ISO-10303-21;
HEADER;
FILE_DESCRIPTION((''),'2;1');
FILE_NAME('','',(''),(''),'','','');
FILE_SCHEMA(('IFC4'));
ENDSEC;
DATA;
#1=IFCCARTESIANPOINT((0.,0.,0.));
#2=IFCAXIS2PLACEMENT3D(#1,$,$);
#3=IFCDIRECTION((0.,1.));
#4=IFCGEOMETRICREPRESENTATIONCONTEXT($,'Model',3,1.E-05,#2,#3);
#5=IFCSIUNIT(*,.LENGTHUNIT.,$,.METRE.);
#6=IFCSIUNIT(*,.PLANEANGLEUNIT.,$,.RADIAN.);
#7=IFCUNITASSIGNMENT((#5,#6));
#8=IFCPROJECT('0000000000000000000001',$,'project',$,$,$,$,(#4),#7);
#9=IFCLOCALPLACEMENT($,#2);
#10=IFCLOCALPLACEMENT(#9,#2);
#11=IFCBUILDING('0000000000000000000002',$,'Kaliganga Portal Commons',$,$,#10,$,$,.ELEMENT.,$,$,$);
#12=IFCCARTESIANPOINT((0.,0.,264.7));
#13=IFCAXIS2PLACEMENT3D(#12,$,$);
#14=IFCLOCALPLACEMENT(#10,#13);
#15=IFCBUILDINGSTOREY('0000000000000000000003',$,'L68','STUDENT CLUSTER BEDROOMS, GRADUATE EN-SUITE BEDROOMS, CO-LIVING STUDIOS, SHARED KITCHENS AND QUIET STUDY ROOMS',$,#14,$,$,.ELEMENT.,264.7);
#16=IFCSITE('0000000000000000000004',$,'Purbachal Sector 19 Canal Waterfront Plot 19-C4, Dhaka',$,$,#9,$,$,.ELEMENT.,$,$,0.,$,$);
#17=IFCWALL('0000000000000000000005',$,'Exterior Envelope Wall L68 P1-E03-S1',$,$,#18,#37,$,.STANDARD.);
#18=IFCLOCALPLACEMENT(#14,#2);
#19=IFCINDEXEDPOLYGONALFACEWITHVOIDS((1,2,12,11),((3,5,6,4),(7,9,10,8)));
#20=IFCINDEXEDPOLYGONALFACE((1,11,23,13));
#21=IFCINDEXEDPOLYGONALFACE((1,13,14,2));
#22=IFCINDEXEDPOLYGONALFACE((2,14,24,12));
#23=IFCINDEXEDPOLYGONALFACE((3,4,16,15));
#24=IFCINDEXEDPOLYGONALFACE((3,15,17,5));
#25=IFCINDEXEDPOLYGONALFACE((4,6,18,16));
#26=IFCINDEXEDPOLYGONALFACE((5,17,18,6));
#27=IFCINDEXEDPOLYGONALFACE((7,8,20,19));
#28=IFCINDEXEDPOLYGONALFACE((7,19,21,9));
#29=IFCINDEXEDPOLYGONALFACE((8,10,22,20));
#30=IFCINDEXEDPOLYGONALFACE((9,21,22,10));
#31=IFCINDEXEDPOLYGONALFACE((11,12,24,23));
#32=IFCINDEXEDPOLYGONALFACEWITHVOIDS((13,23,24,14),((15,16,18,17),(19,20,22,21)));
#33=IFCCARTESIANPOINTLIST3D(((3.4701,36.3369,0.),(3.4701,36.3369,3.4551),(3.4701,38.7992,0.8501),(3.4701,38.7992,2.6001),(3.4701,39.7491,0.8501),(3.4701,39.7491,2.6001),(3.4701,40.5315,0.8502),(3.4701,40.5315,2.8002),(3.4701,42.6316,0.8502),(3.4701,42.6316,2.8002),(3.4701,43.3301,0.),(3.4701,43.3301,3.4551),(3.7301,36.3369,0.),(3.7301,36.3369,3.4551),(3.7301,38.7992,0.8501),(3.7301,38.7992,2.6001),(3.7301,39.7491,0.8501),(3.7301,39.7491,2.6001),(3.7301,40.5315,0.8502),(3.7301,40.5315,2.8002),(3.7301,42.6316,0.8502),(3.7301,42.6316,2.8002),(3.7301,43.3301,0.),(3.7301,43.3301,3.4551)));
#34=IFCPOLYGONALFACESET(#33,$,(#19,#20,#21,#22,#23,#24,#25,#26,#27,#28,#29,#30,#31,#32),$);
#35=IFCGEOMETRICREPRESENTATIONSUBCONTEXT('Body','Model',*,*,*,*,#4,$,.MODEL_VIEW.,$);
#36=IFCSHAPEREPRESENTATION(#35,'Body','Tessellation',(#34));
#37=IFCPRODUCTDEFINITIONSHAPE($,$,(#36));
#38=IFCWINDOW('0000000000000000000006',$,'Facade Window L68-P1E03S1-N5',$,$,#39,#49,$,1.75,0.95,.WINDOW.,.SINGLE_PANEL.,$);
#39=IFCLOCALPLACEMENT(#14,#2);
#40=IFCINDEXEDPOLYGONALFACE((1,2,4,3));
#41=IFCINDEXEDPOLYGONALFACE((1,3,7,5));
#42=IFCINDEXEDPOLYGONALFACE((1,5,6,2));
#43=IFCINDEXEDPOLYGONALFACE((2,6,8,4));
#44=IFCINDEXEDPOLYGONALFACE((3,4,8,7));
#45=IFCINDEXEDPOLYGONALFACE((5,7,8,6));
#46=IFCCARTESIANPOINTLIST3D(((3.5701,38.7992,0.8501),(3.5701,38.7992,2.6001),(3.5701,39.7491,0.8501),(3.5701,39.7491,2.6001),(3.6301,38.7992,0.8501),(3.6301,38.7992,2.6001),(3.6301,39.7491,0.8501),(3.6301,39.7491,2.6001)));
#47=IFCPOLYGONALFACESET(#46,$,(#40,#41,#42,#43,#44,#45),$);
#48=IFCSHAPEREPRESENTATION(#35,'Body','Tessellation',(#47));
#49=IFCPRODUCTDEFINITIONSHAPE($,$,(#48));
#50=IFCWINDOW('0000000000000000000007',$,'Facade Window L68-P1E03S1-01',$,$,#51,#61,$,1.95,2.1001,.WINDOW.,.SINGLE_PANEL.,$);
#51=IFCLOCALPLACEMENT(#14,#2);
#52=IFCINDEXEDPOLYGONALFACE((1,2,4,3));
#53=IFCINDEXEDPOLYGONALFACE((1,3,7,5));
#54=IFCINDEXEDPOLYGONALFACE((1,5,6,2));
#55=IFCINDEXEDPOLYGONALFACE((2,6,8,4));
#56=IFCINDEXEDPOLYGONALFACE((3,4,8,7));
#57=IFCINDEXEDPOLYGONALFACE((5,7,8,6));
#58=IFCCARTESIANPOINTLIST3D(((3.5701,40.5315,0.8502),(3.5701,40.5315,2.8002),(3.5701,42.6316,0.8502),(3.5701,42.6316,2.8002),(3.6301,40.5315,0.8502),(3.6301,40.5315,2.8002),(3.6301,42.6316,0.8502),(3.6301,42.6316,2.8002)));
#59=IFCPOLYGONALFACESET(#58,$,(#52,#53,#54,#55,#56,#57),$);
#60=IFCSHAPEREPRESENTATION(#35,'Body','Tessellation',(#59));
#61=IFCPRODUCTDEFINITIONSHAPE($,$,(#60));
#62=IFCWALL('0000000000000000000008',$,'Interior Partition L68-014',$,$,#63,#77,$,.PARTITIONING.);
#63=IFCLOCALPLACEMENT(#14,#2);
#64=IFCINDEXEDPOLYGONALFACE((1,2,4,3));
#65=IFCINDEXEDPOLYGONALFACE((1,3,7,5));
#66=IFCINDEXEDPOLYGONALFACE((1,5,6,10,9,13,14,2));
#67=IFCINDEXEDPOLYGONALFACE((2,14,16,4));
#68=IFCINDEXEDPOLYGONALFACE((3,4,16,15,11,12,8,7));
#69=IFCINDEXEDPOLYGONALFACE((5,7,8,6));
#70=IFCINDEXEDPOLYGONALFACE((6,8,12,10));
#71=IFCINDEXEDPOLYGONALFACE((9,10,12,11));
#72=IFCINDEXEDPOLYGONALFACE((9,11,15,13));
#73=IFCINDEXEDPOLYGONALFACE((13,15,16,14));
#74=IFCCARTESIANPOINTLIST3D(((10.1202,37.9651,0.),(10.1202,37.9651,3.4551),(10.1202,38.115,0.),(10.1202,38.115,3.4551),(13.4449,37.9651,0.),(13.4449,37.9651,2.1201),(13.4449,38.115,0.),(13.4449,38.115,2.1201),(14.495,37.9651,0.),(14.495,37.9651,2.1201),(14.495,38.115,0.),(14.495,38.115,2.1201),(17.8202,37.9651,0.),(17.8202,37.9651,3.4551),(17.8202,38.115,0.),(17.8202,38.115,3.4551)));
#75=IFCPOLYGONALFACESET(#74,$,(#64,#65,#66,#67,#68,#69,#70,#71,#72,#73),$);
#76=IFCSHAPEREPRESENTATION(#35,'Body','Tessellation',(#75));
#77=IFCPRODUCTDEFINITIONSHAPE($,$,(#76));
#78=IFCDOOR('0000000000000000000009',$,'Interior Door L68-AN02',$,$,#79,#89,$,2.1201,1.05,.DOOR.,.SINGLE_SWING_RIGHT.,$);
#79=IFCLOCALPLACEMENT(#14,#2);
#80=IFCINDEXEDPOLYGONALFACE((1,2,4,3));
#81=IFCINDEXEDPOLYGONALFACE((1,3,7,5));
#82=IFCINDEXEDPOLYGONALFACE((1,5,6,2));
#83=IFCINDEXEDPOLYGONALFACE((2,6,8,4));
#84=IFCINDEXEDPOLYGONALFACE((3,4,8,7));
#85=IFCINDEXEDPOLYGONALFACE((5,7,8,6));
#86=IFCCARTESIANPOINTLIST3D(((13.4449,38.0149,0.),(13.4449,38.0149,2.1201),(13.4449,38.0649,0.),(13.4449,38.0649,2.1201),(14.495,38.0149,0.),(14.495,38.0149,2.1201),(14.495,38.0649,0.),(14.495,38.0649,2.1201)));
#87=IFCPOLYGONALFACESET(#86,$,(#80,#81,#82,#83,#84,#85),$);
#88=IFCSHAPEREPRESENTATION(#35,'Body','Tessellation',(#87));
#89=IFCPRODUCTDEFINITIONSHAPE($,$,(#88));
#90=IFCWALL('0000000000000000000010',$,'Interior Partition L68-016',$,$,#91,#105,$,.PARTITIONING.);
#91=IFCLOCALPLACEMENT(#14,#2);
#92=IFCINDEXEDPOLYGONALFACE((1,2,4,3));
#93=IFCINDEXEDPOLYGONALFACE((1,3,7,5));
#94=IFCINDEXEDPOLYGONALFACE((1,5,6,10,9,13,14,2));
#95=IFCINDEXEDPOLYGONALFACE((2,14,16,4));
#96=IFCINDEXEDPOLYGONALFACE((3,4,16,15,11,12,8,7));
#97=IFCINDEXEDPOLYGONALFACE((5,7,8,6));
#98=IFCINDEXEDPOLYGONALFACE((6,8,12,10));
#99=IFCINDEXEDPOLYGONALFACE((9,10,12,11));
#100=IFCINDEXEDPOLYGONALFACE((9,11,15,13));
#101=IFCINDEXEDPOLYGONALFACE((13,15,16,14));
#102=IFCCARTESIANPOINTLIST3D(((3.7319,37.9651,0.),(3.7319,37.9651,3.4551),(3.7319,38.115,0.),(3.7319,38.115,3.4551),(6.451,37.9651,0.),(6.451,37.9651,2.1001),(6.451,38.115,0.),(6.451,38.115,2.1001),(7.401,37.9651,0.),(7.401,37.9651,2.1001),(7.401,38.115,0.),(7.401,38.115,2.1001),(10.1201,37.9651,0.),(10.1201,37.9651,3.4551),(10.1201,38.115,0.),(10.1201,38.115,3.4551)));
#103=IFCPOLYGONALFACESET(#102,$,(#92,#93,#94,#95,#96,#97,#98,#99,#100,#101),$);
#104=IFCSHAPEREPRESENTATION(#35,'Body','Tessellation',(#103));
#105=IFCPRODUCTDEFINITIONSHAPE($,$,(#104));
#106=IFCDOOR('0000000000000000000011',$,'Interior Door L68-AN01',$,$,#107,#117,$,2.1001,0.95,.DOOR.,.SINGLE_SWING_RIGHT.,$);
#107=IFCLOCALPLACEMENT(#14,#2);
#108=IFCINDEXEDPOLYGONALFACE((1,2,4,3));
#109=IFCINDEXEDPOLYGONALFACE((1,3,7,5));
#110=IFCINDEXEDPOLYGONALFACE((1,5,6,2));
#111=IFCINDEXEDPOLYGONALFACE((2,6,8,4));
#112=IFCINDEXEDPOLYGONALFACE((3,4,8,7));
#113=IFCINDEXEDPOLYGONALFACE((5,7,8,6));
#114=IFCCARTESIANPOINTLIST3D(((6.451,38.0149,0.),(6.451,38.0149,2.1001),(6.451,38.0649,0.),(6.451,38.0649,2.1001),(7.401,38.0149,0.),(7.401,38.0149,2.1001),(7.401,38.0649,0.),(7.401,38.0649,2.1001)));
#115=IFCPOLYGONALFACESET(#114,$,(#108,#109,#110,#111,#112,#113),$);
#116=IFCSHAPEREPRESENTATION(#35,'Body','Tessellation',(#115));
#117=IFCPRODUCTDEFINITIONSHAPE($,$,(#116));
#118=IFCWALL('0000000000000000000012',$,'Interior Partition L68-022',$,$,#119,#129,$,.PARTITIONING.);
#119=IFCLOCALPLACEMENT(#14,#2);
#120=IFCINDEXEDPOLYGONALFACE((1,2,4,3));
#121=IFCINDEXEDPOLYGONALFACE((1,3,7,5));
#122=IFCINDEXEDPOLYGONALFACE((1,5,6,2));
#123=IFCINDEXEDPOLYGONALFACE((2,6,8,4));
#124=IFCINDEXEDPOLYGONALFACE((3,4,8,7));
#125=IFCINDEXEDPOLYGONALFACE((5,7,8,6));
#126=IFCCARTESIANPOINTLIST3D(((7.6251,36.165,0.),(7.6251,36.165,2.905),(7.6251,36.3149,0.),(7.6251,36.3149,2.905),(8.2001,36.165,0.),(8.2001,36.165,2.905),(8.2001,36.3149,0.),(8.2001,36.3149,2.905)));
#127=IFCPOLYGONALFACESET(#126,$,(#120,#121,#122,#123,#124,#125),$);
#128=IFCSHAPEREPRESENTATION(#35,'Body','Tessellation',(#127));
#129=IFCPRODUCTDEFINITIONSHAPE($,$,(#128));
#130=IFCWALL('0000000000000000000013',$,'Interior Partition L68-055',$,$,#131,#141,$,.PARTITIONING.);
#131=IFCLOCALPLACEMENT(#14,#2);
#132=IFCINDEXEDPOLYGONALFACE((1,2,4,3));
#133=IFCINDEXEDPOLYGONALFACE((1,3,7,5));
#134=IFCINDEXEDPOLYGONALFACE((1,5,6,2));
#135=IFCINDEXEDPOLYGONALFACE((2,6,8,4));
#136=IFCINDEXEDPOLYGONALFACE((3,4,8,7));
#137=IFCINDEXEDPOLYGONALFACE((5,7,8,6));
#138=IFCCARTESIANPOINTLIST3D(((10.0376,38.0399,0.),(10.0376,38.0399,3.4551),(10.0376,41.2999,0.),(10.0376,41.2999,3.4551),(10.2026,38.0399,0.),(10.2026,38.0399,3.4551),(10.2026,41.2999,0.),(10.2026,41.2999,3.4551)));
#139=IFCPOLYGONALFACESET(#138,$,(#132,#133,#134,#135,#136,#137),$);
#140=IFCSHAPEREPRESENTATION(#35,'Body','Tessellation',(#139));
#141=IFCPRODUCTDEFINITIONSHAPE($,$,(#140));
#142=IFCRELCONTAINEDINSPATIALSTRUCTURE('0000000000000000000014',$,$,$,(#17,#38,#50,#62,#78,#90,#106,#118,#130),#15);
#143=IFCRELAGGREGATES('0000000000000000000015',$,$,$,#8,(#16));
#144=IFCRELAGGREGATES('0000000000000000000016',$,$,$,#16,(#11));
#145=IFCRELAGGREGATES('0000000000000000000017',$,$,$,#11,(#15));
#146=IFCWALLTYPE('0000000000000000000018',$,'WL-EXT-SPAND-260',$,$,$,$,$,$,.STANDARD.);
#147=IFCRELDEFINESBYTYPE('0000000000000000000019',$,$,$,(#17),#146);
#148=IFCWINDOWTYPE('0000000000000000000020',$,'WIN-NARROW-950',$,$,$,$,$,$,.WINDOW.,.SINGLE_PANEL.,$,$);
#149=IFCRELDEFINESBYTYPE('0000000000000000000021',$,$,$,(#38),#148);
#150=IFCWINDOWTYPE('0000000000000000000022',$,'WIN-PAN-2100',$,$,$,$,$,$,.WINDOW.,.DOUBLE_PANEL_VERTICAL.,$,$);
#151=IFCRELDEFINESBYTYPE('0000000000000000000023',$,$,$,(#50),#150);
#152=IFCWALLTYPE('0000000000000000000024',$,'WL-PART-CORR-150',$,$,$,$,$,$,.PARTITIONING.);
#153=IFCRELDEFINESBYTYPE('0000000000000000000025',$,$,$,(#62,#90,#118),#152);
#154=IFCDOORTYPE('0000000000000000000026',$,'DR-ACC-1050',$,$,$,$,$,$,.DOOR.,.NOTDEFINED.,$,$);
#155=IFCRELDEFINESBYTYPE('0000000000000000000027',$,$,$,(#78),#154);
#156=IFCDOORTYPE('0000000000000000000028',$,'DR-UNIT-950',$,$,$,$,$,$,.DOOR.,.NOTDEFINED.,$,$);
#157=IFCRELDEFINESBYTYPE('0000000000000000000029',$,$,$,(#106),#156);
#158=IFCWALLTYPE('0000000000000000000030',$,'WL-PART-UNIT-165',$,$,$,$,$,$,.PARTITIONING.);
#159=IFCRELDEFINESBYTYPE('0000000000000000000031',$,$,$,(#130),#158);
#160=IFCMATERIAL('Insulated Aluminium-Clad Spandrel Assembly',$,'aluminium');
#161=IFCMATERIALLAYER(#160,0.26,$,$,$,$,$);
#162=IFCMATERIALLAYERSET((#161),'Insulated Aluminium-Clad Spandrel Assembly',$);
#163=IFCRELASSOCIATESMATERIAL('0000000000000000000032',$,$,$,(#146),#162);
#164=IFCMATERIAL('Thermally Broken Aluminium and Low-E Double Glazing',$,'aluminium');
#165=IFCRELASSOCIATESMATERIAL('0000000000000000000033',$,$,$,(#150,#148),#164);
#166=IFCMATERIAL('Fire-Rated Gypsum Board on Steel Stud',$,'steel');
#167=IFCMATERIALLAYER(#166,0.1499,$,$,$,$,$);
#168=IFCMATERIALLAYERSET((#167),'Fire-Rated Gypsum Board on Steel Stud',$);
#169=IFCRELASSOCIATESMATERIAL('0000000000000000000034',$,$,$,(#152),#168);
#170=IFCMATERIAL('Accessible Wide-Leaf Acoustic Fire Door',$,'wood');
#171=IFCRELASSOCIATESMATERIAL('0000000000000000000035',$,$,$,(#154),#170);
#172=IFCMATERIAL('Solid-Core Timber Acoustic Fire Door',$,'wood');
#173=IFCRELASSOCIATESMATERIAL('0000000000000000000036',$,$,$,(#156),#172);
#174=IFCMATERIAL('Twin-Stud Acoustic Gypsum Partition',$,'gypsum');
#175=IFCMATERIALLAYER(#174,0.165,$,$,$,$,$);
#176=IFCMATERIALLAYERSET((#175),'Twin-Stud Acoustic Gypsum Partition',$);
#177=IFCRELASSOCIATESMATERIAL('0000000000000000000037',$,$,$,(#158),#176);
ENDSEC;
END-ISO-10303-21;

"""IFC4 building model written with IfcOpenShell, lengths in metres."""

from ifc_helpers import new_model, si_unit, direction, frame, frame_2d, origin, place, context, subcontext, project, spatial, rectangle, extrude, material, layer, layer_set, type_object, element, fill, save


model = new_model("IFC4")

# Units and contexts
model_context = context("Model", 3, precision=1e-05, world=origin(), true_north=direction((0.0, 1.0)))
body_context = subcontext(model_context, "Body", "Model", "MODEL_VIEW")
ifc_project = project(units=[si_unit("LENGTHUNIT", "METRE"), si_unit("PLANEANGLEUNIT", "RADIAN")], contexts=[model_context])

# Site, building, storey
site_placement = place(None, origin())
site = spatial("IfcSite", under=ifc_project, at=site_placement, Name="Purbachal Sector 19 Canal Waterfront Plot 19-C4, Dhaka", CompositionType="ELEMENT", RefElevation=0.0)
building_placement = place(site_placement, origin())
building = spatial("IfcBuilding", under=site, at=building_placement, Name="Kaliganga Portal Commons", CompositionType="ELEMENT")
storey_placement = place(building_placement, frame((0.0, 0.0, 264.7)))
storey = spatial("IfcBuildingStorey", under=building, at=storey_placement, Name="L68", Description="STUDENT CLUSTER BEDROOMS, GRADUATE EN-SUITE BEDROOMS, CO-LIVING STUDIOS, SHARED KITCHENS AND QUIET STUDY ROOMS", CompositionType="ELEMENT", Elevation=264.7)

# Shared definitions
ifc_material_1 = material(Name="Insulated Aluminium-Clad Spandrel Assembly", Category="aluminium")
ifc_layer_1 = layer(ifc_material_1, 0.26)
ifc_layer_set_1 = layer_set([ifc_layer_1], Name="Insulated Aluminium-Clad Spandrel Assembly")
wall_type_1 = type_object("IfcWallType", Name="WL-EXT-SPAND-260", PredefinedType="STANDARD", material=ifc_layer_set_1)
ifc_material_2 = material(Name="Thermally Broken Aluminium and Low-E Double Glazing", Category="aluminium")
window_type_1 = type_object("IfcWindowType", Name="WIN-PAN-2100", PartitioningType="DOUBLE_PANEL_VERTICAL", PredefinedType="WINDOW", material=ifc_material_2)

# Wall, openings, windows
window_type_2 = type_object("IfcWindowType", Name="WIN-NARROW-950", PartitioningType="SINGLE_PANEL", PredefinedType="WINDOW", material=ifc_material_2)
wall_1_placement = place(storey_placement, frame((3.6001, 36.3369, 0.0), z_axis=(0.0, 0.0, 1.0), x_axis=(0.0, 1.0, 0.0)))
wall_1 = element("IfcWall", 1, at=wall_1_placement, inside=storey, type_object=wall_type_1, Name="Exterior Envelope Wall L68 P1-E03-S1", PredefinedType="STANDARD", context=body_context, shape_type="SweptSolid", body=[
    extrude(rectangle(XDim=6.9932, YDim=0.26, at=frame_2d((3.4966, 0.0))), origin(), (0.0, 0.0, 1.0), 3.4551),
])
opening_1_placement = place(wall_1_placement, frame((4.1946, 0.0, 0.8501)))
opening_1 = element("IfcOpeningElement", 2, at=opening_1_placement, cuts=wall_1, PredefinedType="OPENING", context=body_context, shape_type="SweptSolid", body=[
    extrude(rectangle(XDim=2.1001, YDim=1.95, at=frame_2d((1.05, 0.9751))), frame((0.0, 0.1401, 0.0), z_axis=(0.0, -1.0, 0.0), x_axis=(1.0, 0.0, 0.0)), (0.0, 0.0, 1.0), 0.28),
])
opening_2_placement = place(wall_1_placement, frame((2.4622, 0.0, 0.8501)))
opening_2 = element("IfcOpeningElement", 3, at=opening_2_placement, cuts=wall_1, PredefinedType="OPENING", context=body_context, shape_type="SweptSolid", body=[
    extrude(rectangle(XDim=0.95, YDim=1.75, at=frame_2d((0.4751, 0.875))), frame((0.0, 0.1401, 0.0), z_axis=(0.0, -1.0, 0.0), x_axis=(1.0, 0.0, 0.0)), (0.0, 0.0, 1.0), 0.28),
])
window_1_placement = place(opening_2_placement, origin())
window_1 = element("IfcWindow", 4, at=window_1_placement, inside=storey, type_object=window_type_2, Name="Facade Window L68-P1E03S1-N5", OverallHeight=1.75, OverallWidth=0.95, PartitioningType="SINGLE_PANEL", PredefinedType="WINDOW", context=body_context, shape_type="SweptSolid", body=[
    extrude(rectangle(XDim=0.95, YDim=1.75, at=frame_2d((0.4751, 0.875))), frame((0.0, 0.03, 0.0), z_axis=(0.0, -1.0, 0.0), x_axis=(1.0, 0.0, 0.0)), (0.0, 0.0, 1.0), 0.0601),
])
fill(opening_2, window_1)
window_2_placement = place(opening_1_placement, origin())
window_2 = element("IfcWindow", 5, at=window_2_placement, inside=storey, type_object=window_type_1, Name="Facade Window L68-P1E03S1-01", OverallHeight=1.95, OverallWidth=2.1001, PartitioningType="SINGLE_PANEL", PredefinedType="WINDOW", context=body_context, shape_type="SweptSolid", body=[
    extrude(rectangle(XDim=2.1001, YDim=1.95, at=frame_2d((1.05, 0.9751))), frame((0.0, 0.03, 0.0), z_axis=(0.0, -1.0, 0.0), x_axis=(1.0, 0.0, 0.0)), (0.0, 0.0, 1.0), 0.0601),
])
fill(opening_1, window_2)

# Walls, openings, doors
ifc_material_3 = material(Name="Fire-Rated Gypsum Board on Steel Stud", Category="steel")
ifc_layer_2 = layer(ifc_material_3, 0.1499)
ifc_layer_set_2 = layer_set([ifc_layer_2], Name="Fire-Rated Gypsum Board on Steel Stud")
wall_type_2 = type_object("IfcWallType", Name="WL-PART-CORR-150", PredefinedType="PARTITIONING", material=ifc_layer_set_2)
wall_2_placement = place(storey_placement, frame((10.1201, 38.04, 0.0), z_axis=(0.0, 0.0, 1.0), x_axis=(1.0, 0.0, 0.0)))
wall_2 = element("IfcWall", 6, at=wall_2_placement, inside=storey, type_object=wall_type_2, Name="Interior Partition L68-014", PredefinedType="PARTITIONING", context=body_context, shape_type="SweptSolid", body=[
    extrude(rectangle(XDim=7.7, YDim=0.1499, at=frame_2d((3.8501, 0.0))), origin(), (0.0, 0.0, 1.0), 3.4551),
])
opening_3_placement = place(wall_2_placement, frame((3.325, 0.0, 0.0)))
opening_3 = element("IfcOpeningElement", 7, at=opening_3_placement, cuts=wall_2, PredefinedType="OPENING", context=body_context, shape_type="SweptSolid", body=[
    extrude(rectangle(XDim=1.05, YDim=2.1201, at=frame_2d((0.5249, 1.0601))), frame((0.0, 0.085, 0.0), z_axis=(0.0, -1.0, 0.0), x_axis=(1.0, 0.0, 0.0)), (0.0, 0.0, 1.0), 0.1699),
])
ifc_material_4 = material(Name="Accessible Wide-Leaf Acoustic Fire Door", Category="wood")
door_type_1 = type_object("IfcDoorType", Name="DR-ACC-1050", OperationType="NOTDEFINED", PredefinedType="DOOR", material=ifc_material_4)
door_1_placement = place(opening_3_placement, origin())
door_1 = element("IfcDoor", 8, at=door_1_placement, inside=storey, type_object=door_type_1, Name="Interior Door L68-AN02", OperationType="SINGLE_SWING_RIGHT", OverallHeight=2.1201, OverallWidth=1.05, PredefinedType="DOOR", context=body_context, shape_type="SweptSolid", body=[
    extrude(rectangle(XDim=1.05, YDim=2.1201, at=frame_2d((0.5249, 1.0601))), frame((0.0, 0.0249, 0.0), z_axis=(0.0, -1.0, 0.0), x_axis=(1.0, 0.0, 0.0)), (0.0, 0.0, 1.0), 0.05),
])
fill(opening_3, door_1)
wall_3_placement = place(storey_placement, frame((3.7319, 38.04, 0.0), z_axis=(0.0, 0.0, 1.0), x_axis=(1.0, 0.0, 0.0)))
wall_3 = element("IfcWall", 9, at=wall_3_placement, inside=storey, type_object=wall_type_2, Name="Interior Partition L68-016", PredefinedType="PARTITIONING", context=body_context, shape_type="SweptSolid", body=[
    extrude(rectangle(XDim=6.3882, YDim=0.1499, at=frame_2d((3.1941, 0.0))), origin(), (0.0, 0.0, 1.0), 3.4551),
])
opening_4_placement = place(wall_3_placement, frame((2.719, 0.0, 0.0)))
opening_4 = element("IfcOpeningElement", 10, at=opening_4_placement, cuts=wall_3, PredefinedType="OPENING", context=body_context, shape_type="SweptSolid", body=[
    extrude(rectangle(XDim=0.95, YDim=2.1001, at=frame_2d((0.4751, 1.05))), frame((0.0, 0.085, 0.0), z_axis=(0.0, -1.0, 0.0), x_axis=(1.0, 0.0, 0.0)), (0.0, 0.0, 1.0), 0.1699),
])
ifc_material_5 = material(Name="Solid-Core Timber Acoustic Fire Door", Category="wood")
door_type_2 = type_object("IfcDoorType", Name="DR-UNIT-950", OperationType="NOTDEFINED", PredefinedType="DOOR", material=ifc_material_5)
door_2_placement = place(opening_4_placement, origin())
door_2 = element("IfcDoor", 11, at=door_2_placement, inside=storey, type_object=door_type_2, Name="Interior Door L68-AN01", OperationType="SINGLE_SWING_RIGHT", OverallHeight=2.1001, OverallWidth=0.95, PredefinedType="DOOR", context=body_context, shape_type="SweptSolid", body=[
    extrude(rectangle(XDim=0.95, YDim=2.1001, at=frame_2d((0.4751, 1.05))), frame((0.0, 0.0249, 0.0), z_axis=(0.0, -1.0, 0.0), x_axis=(1.0, 0.0, 0.0)), (0.0, 0.0, 1.0), 0.05),
])
fill(opening_4, door_2)

# Walls
wall_4_placement = place(storey_placement, frame((7.625, 36.24, 0.0), z_axis=(0.0, 0.0, 1.0), x_axis=(1.0, 0.0, 0.0)))
element("IfcWall", 12, at=wall_4_placement, inside=storey, type_object=wall_type_2, Name="Interior Partition L68-022", PredefinedType="PARTITIONING", context=body_context, shape_type="SweptSolid", body=[
    extrude(rectangle(XDim=0.575, YDim=0.1499, at=frame_2d((0.2876, 0.0))), origin(), (0.0, 0.0, 1.0), 2.905),
])
ifc_material_6 = material(Name="Twin-Stud Acoustic Gypsum Partition", Category="gypsum")
ifc_layer_3 = layer(ifc_material_6, 0.165)
ifc_layer_set_3 = layer_set([ifc_layer_3], Name="Twin-Stud Acoustic Gypsum Partition")
wall_type_3 = type_object("IfcWallType", Name="WL-PART-UNIT-165", PredefinedType="PARTITIONING", material=ifc_layer_set_3)
wall_5_placement = place(storey_placement, frame((10.1201, 38.04, 0.0), z_axis=(0.0, 0.0, 1.0), x_axis=(0.0, 1.0, 0.0)))
element("IfcWall", 13, at=wall_5_placement, inside=storey, type_object=wall_type_3, Name="Interior Partition L68-055", PredefinedType="PARTITIONING", context=body_context, shape_type="SweptSolid", body=[
    extrude(rectangle(XDim=3.26, YDim=0.165, at=frame_2d((1.6299, 0.0))), origin(), (0.0, 0.0, 1.0), 3.4551),
])

save(model, "model.ifc")
